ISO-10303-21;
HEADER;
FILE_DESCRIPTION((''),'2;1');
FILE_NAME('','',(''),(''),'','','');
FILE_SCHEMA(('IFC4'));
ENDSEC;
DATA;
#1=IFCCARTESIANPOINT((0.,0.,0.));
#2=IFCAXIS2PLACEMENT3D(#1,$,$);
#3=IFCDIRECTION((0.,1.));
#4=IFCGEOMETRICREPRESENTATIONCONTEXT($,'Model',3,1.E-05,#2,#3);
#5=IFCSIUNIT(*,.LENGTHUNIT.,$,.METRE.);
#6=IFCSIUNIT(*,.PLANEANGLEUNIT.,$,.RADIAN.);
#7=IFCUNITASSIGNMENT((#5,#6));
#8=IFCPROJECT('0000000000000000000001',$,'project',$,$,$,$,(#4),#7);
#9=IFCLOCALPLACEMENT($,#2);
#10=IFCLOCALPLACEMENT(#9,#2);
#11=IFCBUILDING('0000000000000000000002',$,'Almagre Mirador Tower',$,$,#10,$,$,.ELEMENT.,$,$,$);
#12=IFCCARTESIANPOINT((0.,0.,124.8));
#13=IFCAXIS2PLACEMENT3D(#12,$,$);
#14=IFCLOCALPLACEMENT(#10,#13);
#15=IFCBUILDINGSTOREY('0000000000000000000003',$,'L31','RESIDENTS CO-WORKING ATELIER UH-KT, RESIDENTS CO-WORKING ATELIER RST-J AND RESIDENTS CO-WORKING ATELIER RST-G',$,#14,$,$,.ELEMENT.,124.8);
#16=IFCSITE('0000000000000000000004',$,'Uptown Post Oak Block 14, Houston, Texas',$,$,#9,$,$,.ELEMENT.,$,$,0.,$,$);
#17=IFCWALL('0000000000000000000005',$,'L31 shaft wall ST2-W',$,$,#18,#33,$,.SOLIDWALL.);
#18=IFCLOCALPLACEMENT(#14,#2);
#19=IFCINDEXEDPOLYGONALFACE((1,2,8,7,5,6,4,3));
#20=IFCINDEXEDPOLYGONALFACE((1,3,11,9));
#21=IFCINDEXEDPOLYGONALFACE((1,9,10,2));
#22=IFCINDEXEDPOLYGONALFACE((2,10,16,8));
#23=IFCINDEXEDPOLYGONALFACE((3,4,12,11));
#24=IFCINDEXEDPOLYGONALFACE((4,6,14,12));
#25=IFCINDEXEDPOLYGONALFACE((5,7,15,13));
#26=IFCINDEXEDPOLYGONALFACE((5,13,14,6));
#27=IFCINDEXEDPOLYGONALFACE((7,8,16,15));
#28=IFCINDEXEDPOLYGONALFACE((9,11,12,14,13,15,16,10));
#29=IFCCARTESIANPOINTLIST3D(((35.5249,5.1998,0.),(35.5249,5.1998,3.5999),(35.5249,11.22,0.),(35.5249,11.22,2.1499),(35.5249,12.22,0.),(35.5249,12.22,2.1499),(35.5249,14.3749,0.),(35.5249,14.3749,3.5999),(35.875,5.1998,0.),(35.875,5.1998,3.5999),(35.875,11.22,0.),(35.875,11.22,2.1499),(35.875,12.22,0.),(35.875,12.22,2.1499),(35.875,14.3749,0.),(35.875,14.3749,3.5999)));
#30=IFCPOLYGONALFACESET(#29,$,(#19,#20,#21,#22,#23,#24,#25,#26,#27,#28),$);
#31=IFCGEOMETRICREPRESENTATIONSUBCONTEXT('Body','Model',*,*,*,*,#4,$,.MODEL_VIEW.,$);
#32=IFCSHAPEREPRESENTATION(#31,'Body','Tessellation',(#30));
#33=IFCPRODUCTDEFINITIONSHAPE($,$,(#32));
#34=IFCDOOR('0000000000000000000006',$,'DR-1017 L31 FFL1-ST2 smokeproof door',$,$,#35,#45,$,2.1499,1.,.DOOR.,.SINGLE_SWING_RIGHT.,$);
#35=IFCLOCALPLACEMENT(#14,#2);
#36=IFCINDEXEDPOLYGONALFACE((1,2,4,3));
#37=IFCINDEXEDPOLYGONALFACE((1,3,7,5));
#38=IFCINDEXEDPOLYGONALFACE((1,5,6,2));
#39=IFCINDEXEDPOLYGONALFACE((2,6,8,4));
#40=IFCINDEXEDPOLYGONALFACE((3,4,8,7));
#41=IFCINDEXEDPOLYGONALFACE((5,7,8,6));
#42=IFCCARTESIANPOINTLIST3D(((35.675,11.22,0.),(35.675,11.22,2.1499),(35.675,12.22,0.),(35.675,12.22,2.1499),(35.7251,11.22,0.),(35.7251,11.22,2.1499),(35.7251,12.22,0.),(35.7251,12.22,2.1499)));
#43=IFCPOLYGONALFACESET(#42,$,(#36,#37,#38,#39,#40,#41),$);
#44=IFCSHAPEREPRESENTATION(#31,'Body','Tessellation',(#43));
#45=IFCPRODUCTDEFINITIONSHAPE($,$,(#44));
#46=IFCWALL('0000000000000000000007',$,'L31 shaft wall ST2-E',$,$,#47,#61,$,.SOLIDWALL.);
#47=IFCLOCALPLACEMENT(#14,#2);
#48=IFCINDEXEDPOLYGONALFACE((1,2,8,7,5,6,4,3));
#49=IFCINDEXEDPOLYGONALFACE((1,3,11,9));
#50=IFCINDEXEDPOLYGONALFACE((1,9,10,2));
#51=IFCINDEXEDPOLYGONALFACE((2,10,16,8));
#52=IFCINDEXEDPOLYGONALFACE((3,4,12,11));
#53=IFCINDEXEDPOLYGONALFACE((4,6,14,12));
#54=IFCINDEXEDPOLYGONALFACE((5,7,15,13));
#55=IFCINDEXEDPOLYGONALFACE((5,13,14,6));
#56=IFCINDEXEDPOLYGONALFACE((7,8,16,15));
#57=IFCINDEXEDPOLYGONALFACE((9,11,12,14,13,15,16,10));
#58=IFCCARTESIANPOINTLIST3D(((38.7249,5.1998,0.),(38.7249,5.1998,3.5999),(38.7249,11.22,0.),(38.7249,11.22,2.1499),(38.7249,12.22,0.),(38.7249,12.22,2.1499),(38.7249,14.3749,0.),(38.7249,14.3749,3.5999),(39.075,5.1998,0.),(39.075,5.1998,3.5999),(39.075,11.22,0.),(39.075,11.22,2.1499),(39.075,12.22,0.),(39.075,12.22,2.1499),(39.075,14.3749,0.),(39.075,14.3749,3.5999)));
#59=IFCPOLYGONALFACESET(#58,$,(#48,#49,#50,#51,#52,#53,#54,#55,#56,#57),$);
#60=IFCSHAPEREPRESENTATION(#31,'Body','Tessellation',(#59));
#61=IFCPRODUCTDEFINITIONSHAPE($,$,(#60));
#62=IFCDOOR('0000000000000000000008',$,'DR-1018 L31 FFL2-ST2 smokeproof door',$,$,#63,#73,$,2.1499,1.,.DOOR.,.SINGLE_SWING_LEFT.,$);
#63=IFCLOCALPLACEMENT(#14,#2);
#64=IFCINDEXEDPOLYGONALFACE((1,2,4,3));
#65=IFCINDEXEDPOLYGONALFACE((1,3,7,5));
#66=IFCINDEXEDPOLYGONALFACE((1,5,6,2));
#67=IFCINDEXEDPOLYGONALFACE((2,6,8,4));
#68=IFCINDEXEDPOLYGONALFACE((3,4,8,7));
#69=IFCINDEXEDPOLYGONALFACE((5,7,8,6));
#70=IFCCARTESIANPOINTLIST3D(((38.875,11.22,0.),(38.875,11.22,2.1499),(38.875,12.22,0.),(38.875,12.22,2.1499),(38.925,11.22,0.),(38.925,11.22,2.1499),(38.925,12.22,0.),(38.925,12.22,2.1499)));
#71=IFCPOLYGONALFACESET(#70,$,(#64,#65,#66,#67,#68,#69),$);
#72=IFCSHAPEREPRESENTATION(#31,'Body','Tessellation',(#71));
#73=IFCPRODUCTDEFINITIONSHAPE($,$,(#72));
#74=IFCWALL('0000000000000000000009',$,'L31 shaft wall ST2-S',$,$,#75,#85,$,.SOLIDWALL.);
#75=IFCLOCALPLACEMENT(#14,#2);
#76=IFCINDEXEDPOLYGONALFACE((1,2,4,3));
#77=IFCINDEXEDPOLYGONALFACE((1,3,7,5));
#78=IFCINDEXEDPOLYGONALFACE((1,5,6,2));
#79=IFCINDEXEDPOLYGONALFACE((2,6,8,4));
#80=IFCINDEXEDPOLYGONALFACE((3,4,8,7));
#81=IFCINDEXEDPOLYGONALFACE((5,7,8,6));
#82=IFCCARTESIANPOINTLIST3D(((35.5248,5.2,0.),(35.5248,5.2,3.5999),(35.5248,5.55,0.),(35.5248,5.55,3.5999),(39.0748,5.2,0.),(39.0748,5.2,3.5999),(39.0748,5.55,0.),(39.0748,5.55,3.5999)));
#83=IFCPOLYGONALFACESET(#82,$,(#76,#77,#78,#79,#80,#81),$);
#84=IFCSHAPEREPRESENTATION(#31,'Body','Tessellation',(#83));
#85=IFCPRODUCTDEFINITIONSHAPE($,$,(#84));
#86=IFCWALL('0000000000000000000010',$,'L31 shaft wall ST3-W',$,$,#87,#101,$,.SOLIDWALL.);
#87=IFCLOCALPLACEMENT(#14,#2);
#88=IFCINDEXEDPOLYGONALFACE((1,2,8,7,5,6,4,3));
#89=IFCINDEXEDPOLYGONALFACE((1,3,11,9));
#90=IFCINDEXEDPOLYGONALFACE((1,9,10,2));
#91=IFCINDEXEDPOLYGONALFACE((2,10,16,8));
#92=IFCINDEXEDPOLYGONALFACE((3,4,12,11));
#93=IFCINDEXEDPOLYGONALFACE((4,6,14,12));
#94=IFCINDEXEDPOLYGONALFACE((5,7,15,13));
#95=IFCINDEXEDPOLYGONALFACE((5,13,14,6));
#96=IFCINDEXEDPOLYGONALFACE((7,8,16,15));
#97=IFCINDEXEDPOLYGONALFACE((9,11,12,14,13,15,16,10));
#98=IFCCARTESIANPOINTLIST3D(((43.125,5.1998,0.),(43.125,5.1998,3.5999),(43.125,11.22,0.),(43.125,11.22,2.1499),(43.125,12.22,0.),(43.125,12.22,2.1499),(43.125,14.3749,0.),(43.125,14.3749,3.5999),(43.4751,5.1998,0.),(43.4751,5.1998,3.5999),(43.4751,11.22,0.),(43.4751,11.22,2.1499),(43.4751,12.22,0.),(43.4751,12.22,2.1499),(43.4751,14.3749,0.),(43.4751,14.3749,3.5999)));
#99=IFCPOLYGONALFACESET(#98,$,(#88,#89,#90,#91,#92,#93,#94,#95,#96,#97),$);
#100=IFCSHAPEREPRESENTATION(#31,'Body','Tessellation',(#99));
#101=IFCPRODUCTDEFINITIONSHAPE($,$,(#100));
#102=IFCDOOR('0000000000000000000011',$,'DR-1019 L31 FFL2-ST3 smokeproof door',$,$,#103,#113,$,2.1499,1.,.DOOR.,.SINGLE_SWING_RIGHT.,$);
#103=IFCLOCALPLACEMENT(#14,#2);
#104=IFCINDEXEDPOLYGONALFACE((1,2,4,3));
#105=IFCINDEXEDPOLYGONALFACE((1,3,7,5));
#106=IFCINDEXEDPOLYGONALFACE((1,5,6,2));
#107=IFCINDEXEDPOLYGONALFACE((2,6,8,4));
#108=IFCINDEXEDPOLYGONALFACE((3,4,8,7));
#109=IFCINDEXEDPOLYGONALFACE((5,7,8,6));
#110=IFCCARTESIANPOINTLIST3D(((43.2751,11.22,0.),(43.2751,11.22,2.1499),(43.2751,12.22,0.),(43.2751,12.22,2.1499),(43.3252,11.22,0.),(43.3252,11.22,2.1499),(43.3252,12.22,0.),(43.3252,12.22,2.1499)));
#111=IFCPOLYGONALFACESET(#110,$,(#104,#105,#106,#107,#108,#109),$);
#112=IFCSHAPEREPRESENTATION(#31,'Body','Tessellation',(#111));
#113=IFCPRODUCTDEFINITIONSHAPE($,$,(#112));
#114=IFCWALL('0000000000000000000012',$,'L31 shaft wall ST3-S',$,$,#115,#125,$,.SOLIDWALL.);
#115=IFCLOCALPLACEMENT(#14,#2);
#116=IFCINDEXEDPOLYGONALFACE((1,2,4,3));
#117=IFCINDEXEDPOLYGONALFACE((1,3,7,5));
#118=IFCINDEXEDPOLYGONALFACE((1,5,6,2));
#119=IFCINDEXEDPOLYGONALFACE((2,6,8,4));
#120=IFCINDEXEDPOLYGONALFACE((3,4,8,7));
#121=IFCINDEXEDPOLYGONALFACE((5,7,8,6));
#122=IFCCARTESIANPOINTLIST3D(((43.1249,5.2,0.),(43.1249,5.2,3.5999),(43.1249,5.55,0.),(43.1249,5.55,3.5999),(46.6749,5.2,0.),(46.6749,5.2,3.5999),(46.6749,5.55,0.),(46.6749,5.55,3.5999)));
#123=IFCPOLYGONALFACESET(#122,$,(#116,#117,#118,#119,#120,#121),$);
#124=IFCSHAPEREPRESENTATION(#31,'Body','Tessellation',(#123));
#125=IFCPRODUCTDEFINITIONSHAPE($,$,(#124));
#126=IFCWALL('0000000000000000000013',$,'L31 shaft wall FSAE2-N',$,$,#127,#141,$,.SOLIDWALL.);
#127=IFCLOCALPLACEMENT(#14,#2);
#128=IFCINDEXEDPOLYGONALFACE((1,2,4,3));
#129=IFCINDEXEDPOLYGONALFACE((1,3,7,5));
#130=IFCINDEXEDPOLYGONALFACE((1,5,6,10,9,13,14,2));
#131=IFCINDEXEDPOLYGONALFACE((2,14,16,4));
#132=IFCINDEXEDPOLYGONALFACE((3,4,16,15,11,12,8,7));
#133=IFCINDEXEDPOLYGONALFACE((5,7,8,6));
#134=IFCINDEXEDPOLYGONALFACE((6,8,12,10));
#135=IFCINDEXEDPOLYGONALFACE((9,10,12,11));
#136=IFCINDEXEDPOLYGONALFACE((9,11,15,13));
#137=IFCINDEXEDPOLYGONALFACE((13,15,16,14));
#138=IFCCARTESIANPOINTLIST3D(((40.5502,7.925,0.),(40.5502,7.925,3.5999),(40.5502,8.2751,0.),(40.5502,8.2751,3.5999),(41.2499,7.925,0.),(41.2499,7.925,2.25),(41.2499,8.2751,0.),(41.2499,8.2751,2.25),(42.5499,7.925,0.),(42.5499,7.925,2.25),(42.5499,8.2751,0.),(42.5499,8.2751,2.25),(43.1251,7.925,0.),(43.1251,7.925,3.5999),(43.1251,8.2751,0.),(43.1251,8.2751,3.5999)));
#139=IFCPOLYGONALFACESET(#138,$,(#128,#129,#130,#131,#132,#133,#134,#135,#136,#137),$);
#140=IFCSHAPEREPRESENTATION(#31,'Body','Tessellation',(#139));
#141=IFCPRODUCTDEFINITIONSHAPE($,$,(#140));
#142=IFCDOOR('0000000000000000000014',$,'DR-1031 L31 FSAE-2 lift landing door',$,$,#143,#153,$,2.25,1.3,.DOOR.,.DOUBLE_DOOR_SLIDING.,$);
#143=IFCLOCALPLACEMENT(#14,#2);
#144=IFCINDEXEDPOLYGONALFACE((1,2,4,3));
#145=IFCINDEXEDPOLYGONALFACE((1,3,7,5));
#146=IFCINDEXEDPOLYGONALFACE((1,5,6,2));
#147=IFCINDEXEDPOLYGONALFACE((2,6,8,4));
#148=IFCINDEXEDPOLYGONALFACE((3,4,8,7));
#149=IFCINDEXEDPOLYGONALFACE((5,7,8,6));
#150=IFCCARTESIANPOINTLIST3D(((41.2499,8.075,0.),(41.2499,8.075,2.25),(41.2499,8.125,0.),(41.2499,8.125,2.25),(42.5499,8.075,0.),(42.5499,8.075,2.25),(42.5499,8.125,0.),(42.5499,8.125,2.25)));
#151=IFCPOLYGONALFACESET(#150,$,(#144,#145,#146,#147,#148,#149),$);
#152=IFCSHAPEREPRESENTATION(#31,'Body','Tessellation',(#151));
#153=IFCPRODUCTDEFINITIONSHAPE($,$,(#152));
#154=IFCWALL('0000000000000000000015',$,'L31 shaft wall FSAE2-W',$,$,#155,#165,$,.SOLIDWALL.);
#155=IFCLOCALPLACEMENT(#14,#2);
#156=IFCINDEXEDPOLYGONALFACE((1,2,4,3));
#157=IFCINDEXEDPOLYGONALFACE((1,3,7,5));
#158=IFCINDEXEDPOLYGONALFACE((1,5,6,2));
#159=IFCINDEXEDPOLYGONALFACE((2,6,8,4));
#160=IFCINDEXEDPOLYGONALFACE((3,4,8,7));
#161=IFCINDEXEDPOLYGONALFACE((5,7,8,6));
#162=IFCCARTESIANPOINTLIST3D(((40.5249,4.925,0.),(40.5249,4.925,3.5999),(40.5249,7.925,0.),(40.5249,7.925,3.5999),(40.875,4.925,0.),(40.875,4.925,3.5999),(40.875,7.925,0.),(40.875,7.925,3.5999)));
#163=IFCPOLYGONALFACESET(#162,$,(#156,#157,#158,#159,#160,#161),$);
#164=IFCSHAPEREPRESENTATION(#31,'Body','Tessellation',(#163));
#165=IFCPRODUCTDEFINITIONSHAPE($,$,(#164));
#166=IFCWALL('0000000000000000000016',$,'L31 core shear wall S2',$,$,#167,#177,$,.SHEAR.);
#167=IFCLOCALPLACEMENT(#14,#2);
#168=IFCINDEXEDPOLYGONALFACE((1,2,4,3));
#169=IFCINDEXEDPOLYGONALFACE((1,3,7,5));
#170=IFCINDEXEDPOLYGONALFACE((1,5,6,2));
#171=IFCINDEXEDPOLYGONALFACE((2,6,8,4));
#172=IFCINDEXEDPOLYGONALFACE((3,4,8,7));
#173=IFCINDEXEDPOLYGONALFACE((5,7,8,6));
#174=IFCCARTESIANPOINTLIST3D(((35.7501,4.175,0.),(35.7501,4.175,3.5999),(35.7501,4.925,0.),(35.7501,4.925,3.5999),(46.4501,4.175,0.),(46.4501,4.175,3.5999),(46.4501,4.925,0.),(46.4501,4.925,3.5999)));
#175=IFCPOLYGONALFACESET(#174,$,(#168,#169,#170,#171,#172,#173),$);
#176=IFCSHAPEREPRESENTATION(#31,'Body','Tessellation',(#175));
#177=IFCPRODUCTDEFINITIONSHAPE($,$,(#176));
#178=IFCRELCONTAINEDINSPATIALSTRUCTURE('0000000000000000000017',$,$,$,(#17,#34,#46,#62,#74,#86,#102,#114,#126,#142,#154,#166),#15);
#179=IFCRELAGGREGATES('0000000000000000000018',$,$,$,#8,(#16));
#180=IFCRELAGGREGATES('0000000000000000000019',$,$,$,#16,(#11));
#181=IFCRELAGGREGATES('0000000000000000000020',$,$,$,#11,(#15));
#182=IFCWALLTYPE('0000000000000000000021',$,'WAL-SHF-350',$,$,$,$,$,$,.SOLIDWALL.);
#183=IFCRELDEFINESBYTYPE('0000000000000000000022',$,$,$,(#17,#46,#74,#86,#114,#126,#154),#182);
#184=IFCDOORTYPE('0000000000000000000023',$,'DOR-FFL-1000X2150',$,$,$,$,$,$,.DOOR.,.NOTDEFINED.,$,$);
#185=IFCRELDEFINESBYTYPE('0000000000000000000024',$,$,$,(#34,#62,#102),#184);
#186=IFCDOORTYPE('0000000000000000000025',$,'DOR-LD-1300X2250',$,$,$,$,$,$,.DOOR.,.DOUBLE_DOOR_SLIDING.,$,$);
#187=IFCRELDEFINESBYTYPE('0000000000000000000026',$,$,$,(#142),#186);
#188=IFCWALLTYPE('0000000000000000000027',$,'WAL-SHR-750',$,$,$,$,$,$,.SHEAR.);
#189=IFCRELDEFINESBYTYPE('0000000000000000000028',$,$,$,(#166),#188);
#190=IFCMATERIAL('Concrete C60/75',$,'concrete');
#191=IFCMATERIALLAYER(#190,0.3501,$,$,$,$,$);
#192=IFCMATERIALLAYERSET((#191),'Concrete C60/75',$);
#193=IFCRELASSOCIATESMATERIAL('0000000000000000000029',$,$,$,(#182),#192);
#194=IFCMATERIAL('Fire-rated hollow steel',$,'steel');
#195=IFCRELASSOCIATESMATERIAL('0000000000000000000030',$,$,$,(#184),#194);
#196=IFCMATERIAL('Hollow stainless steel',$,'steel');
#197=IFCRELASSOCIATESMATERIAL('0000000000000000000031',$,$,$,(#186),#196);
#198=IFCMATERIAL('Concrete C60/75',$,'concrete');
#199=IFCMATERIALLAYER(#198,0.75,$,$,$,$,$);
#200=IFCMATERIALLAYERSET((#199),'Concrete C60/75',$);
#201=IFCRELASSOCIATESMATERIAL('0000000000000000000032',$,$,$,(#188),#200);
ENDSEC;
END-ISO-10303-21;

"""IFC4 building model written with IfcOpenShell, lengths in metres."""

from ifc_helpers import new_model, si_unit, direction, frame, frame_2d, origin, place, context, subcontext, project, spatial, rectangle, extrude, material, layer, layer_set, type_object, element, fill, save


model = new_model("IFC4")

# Units and contexts
model_context = context("Model", 3, precision=1e-05, world=origin(), true_north=direction((0.0, 1.0)))
body_context = subcontext(model_context, "Body", "Model", "MODEL_VIEW")
ifc_project = project(units=[si_unit("LENGTHUNIT", "METRE"), si_unit("PLANEANGLEUNIT", "RADIAN")], contexts=[model_context])

# Site, building, storey
site_placement = place(None, origin())
site = spatial("IfcSite", under=ifc_project, at=site_placement, Name="Uptown Post Oak Block 14, Houston, Texas", CompositionType="ELEMENT", RefElevation=0.0)
building_placement = place(site_placement, origin())
building = spatial("IfcBuilding", under=site, at=building_placement, Name="Almagre Mirador Tower", CompositionType="ELEMENT")
storey_placement = place(building_placement, frame((0.0, 0.0, 124.8)))
storey = spatial("IfcBuildingStorey", under=building, at=storey_placement, Name="L31", Description="RESIDENTS CO-WORKING ATELIER UH-KT, RESIDENTS CO-WORKING ATELIER RST-J AND RESIDENTS CO-WORKING ATELIER RST-G", CompositionType="ELEMENT", Elevation=124.8)

# Walls, openings, doors
ifc_material_1 = material(Name="Concrete C60/75", Category="concrete")
ifc_layer_1 = layer(ifc_material_1, 0.3501)
ifc_layer_set_1 = layer_set([ifc_layer_1], Name="Concrete C60/75")
wall_type_1 = type_object("IfcWallType", Name="WAL-SHF-350", PredefinedType="SOLIDWALL", material=ifc_layer_set_1)
wall_1_placement = place(storey_placement, frame((35.7, 5.2, 0.0), z_axis=(0.0, 0.0, 1.0), x_axis=(0.0, 1.0, 0.0)))
wall_1 = element("IfcWall", 1, at=wall_1_placement, inside=storey, type_object=wall_type_1, Name="L31 shaft wall ST2-W", PredefinedType="SOLIDWALL", context=body_context, shape_type="SweptSolid", body=[
    extrude(rectangle(XDim=9.175, YDim=0.3501, at=frame_2d((4.5874, 0.0))), origin(), (0.0, 0.0, 1.0), 3.5999),
])
opening_1_placement = place(wall_1_placement, frame((6.02, 0.0, 0.0)))
opening_1 = element("IfcOpeningElement", 2, at=opening_1_placement, cuts=wall_1, PredefinedType="OPENING", context=body_context, shape_type="SweptSolid", body=[
    extrude(rectangle(XDim=1.0, YDim=2.1499, at=frame_2d((0.5, 1.075))), frame((0.0, 0.185, 0.0), z_axis=(0.0, -1.0, 0.0), x_axis=(1.0, 0.0, 0.0)), (0.0, 0.0, 1.0), 0.3701),
])
ifc_material_2 = material(Name="Fire-rated hollow steel", Category="steel")
door_type_1 = type_object("IfcDoorType", Name="DOR-FFL-1000X2150", OperationType="NOTDEFINED", PredefinedType="DOOR", material=ifc_material_2)
door_1_placement = place(opening_1_placement, origin())
door_1 = element("IfcDoor", 3, at=door_1_placement, inside=storey, type_object=door_type_1, Name="DR-1017 L31 FFL1-ST2 smokeproof door", OperationType="SINGLE_SWING_RIGHT", OverallHeight=2.1499, OverallWidth=1.0, PredefinedType="DOOR", context=body_context, shape_type="SweptSolid", body=[
    extrude(rectangle(XDim=1.0, YDim=2.1499, at=frame_2d((0.5, 1.075))), frame((0.0, 0.0249, 0.0), z_axis=(0.0, -1.0, 0.0), x_axis=(1.0, 0.0, 0.0)), (0.0, 0.0, 1.0), 0.05),
])
fill(opening_1, door_1)
wall_2_placement = place(storey_placement, frame((38.8999, 5.2, 0.0), z_axis=(0.0, 0.0, 1.0), x_axis=(0.0, 1.0, 0.0)))
wall_2 = element("IfcWall", 4, at=wall_2_placement, inside=storey, type_object=wall_type_1, Name="L31 shaft wall ST2-E", PredefinedType="SOLIDWALL", context=body_context, shape_type="SweptSolid", body=[
    extrude(rectangle(XDim=9.175, YDim=0.3501, at=frame_2d((4.5874, 0.0))), origin(), (0.0, 0.0, 1.0), 3.5999),
])
opening_2_placement = place(wall_2_placement, frame((6.02, 0.0, 0.0)))
opening_2 = element("IfcOpeningElement", 5, at=opening_2_placement, cuts=wall_2, PredefinedType="OPENING", context=body_context, shape_type="SweptSolid", body=[
    extrude(rectangle(XDim=1.0, YDim=2.1499, at=frame_2d((0.5, 1.075))), frame((0.0, 0.185, 0.0), z_axis=(0.0, -1.0, 0.0), x_axis=(1.0, 0.0, 0.0)), (0.0, 0.0, 1.0), 0.3701),
])
door_2_placement = place(opening_2_placement, origin())
door_2 = element("IfcDoor", 6, at=door_2_placement, inside=storey, type_object=door_type_1, Name="DR-1018 L31 FFL2-ST2 smokeproof door", OperationType="SINGLE_SWING_LEFT", OverallHeight=2.1499, OverallWidth=1.0, PredefinedType="DOOR", context=body_context, shape_type="SweptSolid", body=[
    extrude(rectangle(XDim=1.0, YDim=2.1499, at=frame_2d((0.5, 1.075))), frame((0.0, 0.0249, 0.0), z_axis=(0.0, -1.0, 0.0), x_axis=(1.0, 0.0, 0.0)), (0.0, 0.0, 1.0), 0.05),
])
fill(opening_2, door_2)

# Wall
wall_3_placement = place(storey_placement, frame((35.5249, 5.375, 0.0), z_axis=(0.0, 0.0, 1.0), x_axis=(1.0, 0.0, 0.0)))
element("IfcWall", 7, at=wall_3_placement, inside=storey, type_object=wall_type_1, Name="L31 shaft wall ST2-S", PredefinedType="SOLIDWALL", context=body_context, shape_type="SweptSolid", body=[
    extrude(rectangle(XDim=3.55, YDim=0.3501, at=frame_2d((1.7749, 0.0))), origin(), (0.0, 0.0, 1.0), 3.5999),
])

# Wall, opening, door
wall_4_placement = place(storey_placement, frame((43.3, 5.2, 0.0), z_axis=(0.0, 0.0, 1.0), x_axis=(0.0, 1.0, 0.0)))
wall_4 = element("IfcWall", 8, at=wall_4_placement, inside=storey, type_object=wall_type_1, Name="L31 shaft wall ST3-W", PredefinedType="SOLIDWALL", context=body_context, shape_type="SweptSolid", body=[
    extrude(rectangle(XDim=9.175, YDim=0.3501, at=frame_2d((4.5874, 0.0))), origin(), (0.0, 0.0, 1.0), 3.5999),
])
opening_3_placement = place(wall_4_placement, frame((6.02, 0.0, 0.0)))
opening_3 = element("IfcOpeningElement", 9, at=opening_3_placement, cuts=wall_4, PredefinedType="OPENING", context=body_context, shape_type="SweptSolid", body=[
    extrude(rectangle(XDim=1.0, YDim=2.1499, at=frame_2d((0.5, 1.075))), frame((0.0, 0.185, 0.0), z_axis=(0.0, -1.0, 0.0), x_axis=(1.0, 0.0, 0.0)), (0.0, 0.0, 1.0), 0.3701),
])
door_3_placement = place(opening_3_placement, origin())
door_3 = element("IfcDoor", 10, at=door_3_placement, inside=storey, type_object=door_type_1, Name="DR-1019 L31 FFL2-ST3 smokeproof door", OperationType="SINGLE_SWING_RIGHT", OverallHeight=2.1499, OverallWidth=1.0, PredefinedType="DOOR", context=body_context, shape_type="SweptSolid", body=[
    extrude(rectangle(XDim=1.0, YDim=2.1499, at=frame_2d((0.5, 1.075))), frame((0.0, 0.0249, 0.0), z_axis=(0.0, -1.0, 0.0), x_axis=(1.0, 0.0, 0.0)), (0.0, 0.0, 1.0), 0.05),
])
fill(opening_3, door_3)

# Wall
wall_5_placement = place(storey_placement, frame((43.125, 5.375, 0.0), z_axis=(0.0, 0.0, 1.0), x_axis=(1.0, 0.0, 0.0)))
element("IfcWall", 11, at=wall_5_placement, inside=storey, type_object=wall_type_1, Name="L31 shaft wall ST3-S", PredefinedType="SOLIDWALL", context=body_context, shape_type="SweptSolid", body=[
    extrude(rectangle(XDim=3.55, YDim=0.3501, at=frame_2d((1.7749, 0.0))), origin(), (0.0, 0.0, 1.0), 3.5999),
])

# Wall, opening, door
wall_6_placement = place(storey_placement, frame((40.55, 8.1001, 0.0), z_axis=(0.0, 0.0, 1.0), x_axis=(1.0, 0.0, 0.0)))
wall_6 = element("IfcWall", 12, at=wall_6_placement, inside=storey, type_object=wall_type_1, Name="L31 shaft wall FSAE2-N", PredefinedType="SOLIDWALL", context=body_context, shape_type="SweptSolid", body=[
    extrude(rectangle(XDim=2.575, YDim=0.3501, at=frame_2d((1.2876, 0.0))), origin(), (0.0, 0.0, 1.0), 3.5999),
])
opening_4_placement = place(wall_6_placement, frame((0.7, 0.0, 0.0)))
opening_4 = element("IfcOpeningElement", 13, at=opening_4_placement, cuts=wall_6, PredefinedType="OPENING", context=body_context, shape_type="SweptSolid", body=[
    extrude(rectangle(XDim=1.3, YDim=2.25, at=frame_2d((0.6499, 1.125))), frame((0.0, 0.185, 0.0), z_axis=(0.0, -1.0, 0.0), x_axis=(1.0, 0.0, 0.0)), (0.0, 0.0, 1.0), 0.3701),
])
ifc_material_3 = material(Name="Hollow stainless steel", Category="steel")
door_type_2 = type_object("IfcDoorType", Name="DOR-LD-1300X2250", OperationType="DOUBLE_DOOR_SLIDING", PredefinedType="DOOR", material=ifc_material_3)
door_4_placement = place(opening_4_placement, origin())
door_4 = element("IfcDoor", 14, at=door_4_placement, inside=storey, type_object=door_type_2, Name="DR-1031 L31 FSAE-2 lift landing door", OperationType="DOUBLE_DOOR_SLIDING", OverallHeight=2.25, OverallWidth=1.3, PredefinedType="DOOR", context=body_context, shape_type="SweptSolid", body=[
    extrude(rectangle(XDim=1.3, YDim=2.25, at=frame_2d((0.6499, 1.125))), frame((0.0, 0.0249, 0.0), z_axis=(0.0, -1.0, 0.0), x_axis=(1.0, 0.0, 0.0)), (0.0, 0.0, 1.0), 0.05),
])
fill(opening_4, door_4)

# Walls
wall_7_placement = place(storey_placement, frame((40.7, 4.925, 0.0), z_axis=(0.0, 0.0, 1.0), x_axis=(0.0, 1.0, 0.0)))
element("IfcWall", 15, at=wall_7_placement, inside=storey, type_object=wall_type_1, Name="L31 shaft wall FSAE2-W", PredefinedType="SOLIDWALL", context=body_context, shape_type="SweptSolid", body=[
    extrude(rectangle(XDim=3.0, YDim=0.3501, at=frame_2d((1.5, 0.0))), origin(), (0.0, 0.0, 1.0), 3.5999),
])
ifc_material_4 = material(Name="Concrete C60/75", Category="concrete")
ifc_layer_2 = layer(ifc_material_4, 0.75)
ifc_layer_set_2 = layer_set([ifc_layer_2], Name="Concrete C60/75")
wall_type_2 = type_object("IfcWallType", Name="WAL-SHR-750", PredefinedType="SHEAR", material=ifc_layer_set_2)
wall_8_placement = place(storey_placement, frame((35.75, 4.55, 0.0), z_axis=(0.0, 0.0, 1.0), x_axis=(1.0, 0.0, 0.0)))
element("IfcWall", 16, at=wall_8_placement, inside=storey, type_object=wall_type_2, Name="L31 core shear wall S2", PredefinedType="SHEAR", context=body_context, shape_type="SweptSolid", body=[
    extrude(rectangle(XDim=10.7, YDim=0.75, at=frame_2d((5.3501, 0.0))), origin(), (0.0, 0.0, 1.0), 3.5999),
])

save(model, "model.ifc")
